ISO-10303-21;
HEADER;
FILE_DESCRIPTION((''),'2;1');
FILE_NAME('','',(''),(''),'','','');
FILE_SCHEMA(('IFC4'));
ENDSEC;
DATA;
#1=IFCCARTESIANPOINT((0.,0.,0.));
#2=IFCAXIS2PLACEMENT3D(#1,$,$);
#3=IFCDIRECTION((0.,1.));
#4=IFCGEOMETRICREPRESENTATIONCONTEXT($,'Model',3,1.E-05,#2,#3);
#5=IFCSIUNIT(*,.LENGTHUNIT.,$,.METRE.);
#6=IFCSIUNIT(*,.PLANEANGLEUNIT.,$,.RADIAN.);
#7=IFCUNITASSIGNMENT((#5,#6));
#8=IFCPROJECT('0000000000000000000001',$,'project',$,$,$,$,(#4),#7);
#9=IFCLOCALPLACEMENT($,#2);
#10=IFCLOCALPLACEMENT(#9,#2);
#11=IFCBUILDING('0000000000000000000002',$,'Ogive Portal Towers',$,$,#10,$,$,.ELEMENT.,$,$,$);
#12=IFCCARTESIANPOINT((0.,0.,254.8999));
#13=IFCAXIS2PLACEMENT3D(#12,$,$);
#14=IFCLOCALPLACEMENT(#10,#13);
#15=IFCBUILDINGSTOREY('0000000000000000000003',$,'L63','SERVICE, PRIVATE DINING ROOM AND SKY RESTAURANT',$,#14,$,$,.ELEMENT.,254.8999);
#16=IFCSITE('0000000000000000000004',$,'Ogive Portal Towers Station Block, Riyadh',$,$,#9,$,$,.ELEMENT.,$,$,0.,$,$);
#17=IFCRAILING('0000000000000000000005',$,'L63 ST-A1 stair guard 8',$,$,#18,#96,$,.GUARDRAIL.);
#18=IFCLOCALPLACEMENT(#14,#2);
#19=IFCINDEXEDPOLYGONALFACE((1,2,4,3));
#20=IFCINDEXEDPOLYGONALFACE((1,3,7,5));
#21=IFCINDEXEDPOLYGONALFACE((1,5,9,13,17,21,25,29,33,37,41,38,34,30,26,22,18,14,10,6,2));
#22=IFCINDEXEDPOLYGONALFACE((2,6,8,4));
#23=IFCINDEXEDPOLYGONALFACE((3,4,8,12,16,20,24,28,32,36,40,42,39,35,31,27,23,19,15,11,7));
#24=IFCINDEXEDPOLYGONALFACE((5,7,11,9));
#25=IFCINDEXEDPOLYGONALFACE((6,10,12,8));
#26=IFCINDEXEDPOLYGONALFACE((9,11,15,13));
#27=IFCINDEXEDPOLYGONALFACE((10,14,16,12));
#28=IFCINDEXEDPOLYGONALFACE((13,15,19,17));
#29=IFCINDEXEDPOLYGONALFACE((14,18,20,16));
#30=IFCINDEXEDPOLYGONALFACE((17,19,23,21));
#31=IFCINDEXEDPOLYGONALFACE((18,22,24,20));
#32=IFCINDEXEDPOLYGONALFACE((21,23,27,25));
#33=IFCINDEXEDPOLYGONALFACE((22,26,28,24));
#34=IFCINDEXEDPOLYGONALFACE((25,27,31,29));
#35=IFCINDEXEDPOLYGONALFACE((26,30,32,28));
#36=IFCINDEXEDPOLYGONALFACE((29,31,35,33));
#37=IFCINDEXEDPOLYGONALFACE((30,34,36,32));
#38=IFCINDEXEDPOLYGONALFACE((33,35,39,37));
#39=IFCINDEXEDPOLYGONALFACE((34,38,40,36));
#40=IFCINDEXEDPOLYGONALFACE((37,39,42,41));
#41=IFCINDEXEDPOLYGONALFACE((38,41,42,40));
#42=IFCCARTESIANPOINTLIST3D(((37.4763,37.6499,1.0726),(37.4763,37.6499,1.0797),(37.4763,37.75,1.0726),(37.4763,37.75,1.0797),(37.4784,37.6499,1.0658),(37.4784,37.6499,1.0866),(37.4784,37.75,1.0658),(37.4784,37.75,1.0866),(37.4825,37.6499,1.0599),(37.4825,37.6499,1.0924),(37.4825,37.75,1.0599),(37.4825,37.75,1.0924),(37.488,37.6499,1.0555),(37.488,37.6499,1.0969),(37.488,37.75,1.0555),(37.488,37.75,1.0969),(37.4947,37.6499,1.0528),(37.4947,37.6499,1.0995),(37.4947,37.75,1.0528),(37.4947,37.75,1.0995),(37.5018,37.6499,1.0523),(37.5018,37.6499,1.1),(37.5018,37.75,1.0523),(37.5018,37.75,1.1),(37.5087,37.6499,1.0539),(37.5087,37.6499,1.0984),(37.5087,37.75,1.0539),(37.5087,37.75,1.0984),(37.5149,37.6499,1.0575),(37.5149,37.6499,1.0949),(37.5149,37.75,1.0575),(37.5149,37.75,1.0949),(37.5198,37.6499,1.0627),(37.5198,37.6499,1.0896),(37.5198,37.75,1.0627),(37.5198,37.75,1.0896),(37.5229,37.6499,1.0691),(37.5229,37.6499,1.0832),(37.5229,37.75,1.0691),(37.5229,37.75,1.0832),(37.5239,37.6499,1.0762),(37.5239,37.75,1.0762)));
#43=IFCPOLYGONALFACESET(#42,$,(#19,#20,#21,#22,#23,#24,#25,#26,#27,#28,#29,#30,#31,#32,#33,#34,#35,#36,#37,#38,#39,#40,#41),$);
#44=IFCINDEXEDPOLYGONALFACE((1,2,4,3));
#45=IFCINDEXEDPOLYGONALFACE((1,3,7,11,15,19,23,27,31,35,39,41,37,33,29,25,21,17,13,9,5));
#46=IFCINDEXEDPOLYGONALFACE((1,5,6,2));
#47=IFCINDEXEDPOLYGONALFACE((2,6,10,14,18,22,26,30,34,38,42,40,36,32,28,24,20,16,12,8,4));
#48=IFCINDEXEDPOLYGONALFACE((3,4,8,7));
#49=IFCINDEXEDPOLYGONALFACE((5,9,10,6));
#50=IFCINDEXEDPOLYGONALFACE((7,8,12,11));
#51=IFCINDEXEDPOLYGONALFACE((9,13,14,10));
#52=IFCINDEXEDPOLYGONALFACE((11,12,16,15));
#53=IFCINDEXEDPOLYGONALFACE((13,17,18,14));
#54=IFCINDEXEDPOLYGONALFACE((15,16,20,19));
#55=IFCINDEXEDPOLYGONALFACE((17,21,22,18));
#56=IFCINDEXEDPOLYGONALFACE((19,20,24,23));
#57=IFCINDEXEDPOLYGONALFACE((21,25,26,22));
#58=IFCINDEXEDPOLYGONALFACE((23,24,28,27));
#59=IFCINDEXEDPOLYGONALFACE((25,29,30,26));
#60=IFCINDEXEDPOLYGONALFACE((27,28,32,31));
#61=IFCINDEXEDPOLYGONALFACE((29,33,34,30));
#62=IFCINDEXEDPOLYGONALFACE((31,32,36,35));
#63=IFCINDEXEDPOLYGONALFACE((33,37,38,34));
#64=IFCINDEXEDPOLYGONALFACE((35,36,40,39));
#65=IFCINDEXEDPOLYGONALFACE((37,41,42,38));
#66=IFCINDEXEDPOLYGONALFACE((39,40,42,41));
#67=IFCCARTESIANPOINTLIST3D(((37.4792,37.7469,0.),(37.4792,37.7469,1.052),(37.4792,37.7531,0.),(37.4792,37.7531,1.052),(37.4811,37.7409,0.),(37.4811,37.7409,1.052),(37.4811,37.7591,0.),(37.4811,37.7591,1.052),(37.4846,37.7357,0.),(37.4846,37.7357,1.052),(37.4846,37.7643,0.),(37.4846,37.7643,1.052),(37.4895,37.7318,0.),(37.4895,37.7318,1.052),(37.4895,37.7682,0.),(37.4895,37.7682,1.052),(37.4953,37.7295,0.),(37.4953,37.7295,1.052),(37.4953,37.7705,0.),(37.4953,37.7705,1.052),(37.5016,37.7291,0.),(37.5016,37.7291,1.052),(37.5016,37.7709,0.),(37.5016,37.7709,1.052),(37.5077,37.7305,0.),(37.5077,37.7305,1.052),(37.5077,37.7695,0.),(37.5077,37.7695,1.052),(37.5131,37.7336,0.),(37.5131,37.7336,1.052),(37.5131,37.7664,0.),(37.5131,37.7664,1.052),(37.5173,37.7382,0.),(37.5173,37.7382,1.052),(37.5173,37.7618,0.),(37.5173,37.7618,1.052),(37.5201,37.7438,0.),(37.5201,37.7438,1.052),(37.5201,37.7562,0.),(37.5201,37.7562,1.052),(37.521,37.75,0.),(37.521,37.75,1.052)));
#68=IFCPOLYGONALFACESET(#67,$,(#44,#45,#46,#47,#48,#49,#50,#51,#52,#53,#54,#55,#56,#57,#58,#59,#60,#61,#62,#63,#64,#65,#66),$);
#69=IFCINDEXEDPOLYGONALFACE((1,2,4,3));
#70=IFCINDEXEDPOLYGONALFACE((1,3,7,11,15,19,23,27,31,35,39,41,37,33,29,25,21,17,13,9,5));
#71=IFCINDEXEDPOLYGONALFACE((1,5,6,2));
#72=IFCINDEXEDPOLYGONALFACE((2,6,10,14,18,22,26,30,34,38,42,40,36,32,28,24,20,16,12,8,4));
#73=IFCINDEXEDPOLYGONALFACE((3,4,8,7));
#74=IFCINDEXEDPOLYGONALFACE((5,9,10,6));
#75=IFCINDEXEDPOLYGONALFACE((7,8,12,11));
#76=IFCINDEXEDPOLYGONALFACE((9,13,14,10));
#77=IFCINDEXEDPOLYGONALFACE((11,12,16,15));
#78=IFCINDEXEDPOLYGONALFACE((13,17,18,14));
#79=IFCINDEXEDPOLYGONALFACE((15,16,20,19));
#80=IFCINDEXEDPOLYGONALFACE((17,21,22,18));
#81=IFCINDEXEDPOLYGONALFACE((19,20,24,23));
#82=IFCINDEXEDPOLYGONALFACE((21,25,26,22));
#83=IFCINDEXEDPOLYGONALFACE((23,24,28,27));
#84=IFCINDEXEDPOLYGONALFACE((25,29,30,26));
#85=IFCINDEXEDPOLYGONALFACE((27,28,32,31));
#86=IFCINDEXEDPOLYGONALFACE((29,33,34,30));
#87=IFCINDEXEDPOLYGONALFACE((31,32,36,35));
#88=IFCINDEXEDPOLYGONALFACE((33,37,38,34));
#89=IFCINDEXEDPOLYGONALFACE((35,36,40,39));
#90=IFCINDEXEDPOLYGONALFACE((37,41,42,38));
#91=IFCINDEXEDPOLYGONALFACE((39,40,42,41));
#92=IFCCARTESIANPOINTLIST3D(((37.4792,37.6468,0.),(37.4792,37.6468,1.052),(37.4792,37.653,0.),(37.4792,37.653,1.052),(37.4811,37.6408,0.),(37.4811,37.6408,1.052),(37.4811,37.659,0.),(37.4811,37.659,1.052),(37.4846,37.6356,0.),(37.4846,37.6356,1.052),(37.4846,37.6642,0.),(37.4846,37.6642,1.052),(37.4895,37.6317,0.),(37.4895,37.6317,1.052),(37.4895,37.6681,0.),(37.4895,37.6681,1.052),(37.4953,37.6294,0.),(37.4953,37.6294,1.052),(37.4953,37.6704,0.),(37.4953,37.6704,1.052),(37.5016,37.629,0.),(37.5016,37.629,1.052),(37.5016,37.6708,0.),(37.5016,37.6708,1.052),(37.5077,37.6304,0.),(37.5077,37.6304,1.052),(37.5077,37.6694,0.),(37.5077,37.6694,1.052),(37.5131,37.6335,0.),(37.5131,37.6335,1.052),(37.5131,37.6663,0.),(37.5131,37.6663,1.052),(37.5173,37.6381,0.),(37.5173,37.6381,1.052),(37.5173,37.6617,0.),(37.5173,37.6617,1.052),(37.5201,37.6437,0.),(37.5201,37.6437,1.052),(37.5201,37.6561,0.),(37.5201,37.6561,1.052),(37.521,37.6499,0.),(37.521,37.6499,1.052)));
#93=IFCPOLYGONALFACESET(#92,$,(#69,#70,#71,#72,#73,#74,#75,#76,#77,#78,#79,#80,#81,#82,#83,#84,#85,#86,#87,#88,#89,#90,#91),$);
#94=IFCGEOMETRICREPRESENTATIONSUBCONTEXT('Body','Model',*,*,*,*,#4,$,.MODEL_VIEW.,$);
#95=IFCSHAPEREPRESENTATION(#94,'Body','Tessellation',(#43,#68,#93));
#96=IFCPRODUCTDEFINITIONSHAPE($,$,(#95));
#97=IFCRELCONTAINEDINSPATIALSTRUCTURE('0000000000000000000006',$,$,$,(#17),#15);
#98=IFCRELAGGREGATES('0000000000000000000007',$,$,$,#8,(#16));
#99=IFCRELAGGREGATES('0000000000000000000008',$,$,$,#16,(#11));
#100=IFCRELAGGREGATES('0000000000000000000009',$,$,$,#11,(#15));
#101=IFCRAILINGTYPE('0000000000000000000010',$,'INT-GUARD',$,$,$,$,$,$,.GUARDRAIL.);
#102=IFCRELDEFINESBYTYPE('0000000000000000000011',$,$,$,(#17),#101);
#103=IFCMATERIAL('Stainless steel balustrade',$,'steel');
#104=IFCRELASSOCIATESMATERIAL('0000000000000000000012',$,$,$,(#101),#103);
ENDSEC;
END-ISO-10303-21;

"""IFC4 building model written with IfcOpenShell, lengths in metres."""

from ifc_helpers import new_model, si_unit, direction, frame, origin, origin_2d, place, context, subcontext, project, spatial, circle, extrude, material, type_object, element, save


model = new_model("IFC4")

# Units and contexts
model_context = context("Model", 3, precision=1e-05, world=origin(), true_north=direction((0.0, 1.0)))
body_context = subcontext(model_context, "Body", "Model", "MODEL_VIEW")
ifc_project = project(units=[si_unit("LENGTHUNIT", "METRE"), si_unit("PLANEANGLEUNIT", "RADIAN")], contexts=[model_context])

# Site, building, storey
site_placement = place(None, origin())
site = spatial("IfcSite", under=ifc_project, at=site_placement, Name="Ogive Portal Towers Station Block, Riyadh", CompositionType="ELEMENT", RefElevation=0.0)
building_placement = place(site_placement, origin())
building = spatial("IfcBuilding", under=site, at=building_placement, Name="Ogive Portal Towers", CompositionType="ELEMENT")
storey_placement = place(building_placement, frame((0.0, 0.0, 254.8999)))
storey = spatial("IfcBuildingStorey", under=building, at=storey_placement, Name="L63", Description="SERVICE, PRIVATE DINING ROOM AND SKY RESTAURANT", CompositionType="ELEMENT", Elevation=254.8999)

# Railing
ifc_material_1 = material(Name="Stainless steel balustrade", Category="steel")
railing_type_1 = type_object("IfcRailingType", Name="INT-GUARD", PredefinedType="GUARDRAIL", material=ifc_material_1)
railing_1_placement = place(storey_placement, frame((37.5, 37.75, 0.0)))
element("IfcRailing", 1, at=railing_1_placement, inside=storey, type_object=railing_type_1, Name="L63 ST-A1 stair guard 8", PredefinedType="GUARDRAIL", context=body_context, shape_type="SweptSolid", body=[
    extrude(circle(Radius=0.0239, at=origin_2d()), frame((0.0, 0.0, 1.0762), z_axis=(0.0, -1.0, 0.0), x_axis=(1.0, 0.0, 0.0)), (0.0, 0.0, 1.0), 0.1001),
    extrude(circle(Radius=0.021, at=origin_2d()), origin(), (0.0, 0.0, 1.0), 1.052),
    extrude(circle(Radius=0.021, at=origin_2d()), frame((0.0, -0.1001, 0.0)), (0.0, 0.0, 1.0), 1.052),
])

save(model, "model.ifc")
